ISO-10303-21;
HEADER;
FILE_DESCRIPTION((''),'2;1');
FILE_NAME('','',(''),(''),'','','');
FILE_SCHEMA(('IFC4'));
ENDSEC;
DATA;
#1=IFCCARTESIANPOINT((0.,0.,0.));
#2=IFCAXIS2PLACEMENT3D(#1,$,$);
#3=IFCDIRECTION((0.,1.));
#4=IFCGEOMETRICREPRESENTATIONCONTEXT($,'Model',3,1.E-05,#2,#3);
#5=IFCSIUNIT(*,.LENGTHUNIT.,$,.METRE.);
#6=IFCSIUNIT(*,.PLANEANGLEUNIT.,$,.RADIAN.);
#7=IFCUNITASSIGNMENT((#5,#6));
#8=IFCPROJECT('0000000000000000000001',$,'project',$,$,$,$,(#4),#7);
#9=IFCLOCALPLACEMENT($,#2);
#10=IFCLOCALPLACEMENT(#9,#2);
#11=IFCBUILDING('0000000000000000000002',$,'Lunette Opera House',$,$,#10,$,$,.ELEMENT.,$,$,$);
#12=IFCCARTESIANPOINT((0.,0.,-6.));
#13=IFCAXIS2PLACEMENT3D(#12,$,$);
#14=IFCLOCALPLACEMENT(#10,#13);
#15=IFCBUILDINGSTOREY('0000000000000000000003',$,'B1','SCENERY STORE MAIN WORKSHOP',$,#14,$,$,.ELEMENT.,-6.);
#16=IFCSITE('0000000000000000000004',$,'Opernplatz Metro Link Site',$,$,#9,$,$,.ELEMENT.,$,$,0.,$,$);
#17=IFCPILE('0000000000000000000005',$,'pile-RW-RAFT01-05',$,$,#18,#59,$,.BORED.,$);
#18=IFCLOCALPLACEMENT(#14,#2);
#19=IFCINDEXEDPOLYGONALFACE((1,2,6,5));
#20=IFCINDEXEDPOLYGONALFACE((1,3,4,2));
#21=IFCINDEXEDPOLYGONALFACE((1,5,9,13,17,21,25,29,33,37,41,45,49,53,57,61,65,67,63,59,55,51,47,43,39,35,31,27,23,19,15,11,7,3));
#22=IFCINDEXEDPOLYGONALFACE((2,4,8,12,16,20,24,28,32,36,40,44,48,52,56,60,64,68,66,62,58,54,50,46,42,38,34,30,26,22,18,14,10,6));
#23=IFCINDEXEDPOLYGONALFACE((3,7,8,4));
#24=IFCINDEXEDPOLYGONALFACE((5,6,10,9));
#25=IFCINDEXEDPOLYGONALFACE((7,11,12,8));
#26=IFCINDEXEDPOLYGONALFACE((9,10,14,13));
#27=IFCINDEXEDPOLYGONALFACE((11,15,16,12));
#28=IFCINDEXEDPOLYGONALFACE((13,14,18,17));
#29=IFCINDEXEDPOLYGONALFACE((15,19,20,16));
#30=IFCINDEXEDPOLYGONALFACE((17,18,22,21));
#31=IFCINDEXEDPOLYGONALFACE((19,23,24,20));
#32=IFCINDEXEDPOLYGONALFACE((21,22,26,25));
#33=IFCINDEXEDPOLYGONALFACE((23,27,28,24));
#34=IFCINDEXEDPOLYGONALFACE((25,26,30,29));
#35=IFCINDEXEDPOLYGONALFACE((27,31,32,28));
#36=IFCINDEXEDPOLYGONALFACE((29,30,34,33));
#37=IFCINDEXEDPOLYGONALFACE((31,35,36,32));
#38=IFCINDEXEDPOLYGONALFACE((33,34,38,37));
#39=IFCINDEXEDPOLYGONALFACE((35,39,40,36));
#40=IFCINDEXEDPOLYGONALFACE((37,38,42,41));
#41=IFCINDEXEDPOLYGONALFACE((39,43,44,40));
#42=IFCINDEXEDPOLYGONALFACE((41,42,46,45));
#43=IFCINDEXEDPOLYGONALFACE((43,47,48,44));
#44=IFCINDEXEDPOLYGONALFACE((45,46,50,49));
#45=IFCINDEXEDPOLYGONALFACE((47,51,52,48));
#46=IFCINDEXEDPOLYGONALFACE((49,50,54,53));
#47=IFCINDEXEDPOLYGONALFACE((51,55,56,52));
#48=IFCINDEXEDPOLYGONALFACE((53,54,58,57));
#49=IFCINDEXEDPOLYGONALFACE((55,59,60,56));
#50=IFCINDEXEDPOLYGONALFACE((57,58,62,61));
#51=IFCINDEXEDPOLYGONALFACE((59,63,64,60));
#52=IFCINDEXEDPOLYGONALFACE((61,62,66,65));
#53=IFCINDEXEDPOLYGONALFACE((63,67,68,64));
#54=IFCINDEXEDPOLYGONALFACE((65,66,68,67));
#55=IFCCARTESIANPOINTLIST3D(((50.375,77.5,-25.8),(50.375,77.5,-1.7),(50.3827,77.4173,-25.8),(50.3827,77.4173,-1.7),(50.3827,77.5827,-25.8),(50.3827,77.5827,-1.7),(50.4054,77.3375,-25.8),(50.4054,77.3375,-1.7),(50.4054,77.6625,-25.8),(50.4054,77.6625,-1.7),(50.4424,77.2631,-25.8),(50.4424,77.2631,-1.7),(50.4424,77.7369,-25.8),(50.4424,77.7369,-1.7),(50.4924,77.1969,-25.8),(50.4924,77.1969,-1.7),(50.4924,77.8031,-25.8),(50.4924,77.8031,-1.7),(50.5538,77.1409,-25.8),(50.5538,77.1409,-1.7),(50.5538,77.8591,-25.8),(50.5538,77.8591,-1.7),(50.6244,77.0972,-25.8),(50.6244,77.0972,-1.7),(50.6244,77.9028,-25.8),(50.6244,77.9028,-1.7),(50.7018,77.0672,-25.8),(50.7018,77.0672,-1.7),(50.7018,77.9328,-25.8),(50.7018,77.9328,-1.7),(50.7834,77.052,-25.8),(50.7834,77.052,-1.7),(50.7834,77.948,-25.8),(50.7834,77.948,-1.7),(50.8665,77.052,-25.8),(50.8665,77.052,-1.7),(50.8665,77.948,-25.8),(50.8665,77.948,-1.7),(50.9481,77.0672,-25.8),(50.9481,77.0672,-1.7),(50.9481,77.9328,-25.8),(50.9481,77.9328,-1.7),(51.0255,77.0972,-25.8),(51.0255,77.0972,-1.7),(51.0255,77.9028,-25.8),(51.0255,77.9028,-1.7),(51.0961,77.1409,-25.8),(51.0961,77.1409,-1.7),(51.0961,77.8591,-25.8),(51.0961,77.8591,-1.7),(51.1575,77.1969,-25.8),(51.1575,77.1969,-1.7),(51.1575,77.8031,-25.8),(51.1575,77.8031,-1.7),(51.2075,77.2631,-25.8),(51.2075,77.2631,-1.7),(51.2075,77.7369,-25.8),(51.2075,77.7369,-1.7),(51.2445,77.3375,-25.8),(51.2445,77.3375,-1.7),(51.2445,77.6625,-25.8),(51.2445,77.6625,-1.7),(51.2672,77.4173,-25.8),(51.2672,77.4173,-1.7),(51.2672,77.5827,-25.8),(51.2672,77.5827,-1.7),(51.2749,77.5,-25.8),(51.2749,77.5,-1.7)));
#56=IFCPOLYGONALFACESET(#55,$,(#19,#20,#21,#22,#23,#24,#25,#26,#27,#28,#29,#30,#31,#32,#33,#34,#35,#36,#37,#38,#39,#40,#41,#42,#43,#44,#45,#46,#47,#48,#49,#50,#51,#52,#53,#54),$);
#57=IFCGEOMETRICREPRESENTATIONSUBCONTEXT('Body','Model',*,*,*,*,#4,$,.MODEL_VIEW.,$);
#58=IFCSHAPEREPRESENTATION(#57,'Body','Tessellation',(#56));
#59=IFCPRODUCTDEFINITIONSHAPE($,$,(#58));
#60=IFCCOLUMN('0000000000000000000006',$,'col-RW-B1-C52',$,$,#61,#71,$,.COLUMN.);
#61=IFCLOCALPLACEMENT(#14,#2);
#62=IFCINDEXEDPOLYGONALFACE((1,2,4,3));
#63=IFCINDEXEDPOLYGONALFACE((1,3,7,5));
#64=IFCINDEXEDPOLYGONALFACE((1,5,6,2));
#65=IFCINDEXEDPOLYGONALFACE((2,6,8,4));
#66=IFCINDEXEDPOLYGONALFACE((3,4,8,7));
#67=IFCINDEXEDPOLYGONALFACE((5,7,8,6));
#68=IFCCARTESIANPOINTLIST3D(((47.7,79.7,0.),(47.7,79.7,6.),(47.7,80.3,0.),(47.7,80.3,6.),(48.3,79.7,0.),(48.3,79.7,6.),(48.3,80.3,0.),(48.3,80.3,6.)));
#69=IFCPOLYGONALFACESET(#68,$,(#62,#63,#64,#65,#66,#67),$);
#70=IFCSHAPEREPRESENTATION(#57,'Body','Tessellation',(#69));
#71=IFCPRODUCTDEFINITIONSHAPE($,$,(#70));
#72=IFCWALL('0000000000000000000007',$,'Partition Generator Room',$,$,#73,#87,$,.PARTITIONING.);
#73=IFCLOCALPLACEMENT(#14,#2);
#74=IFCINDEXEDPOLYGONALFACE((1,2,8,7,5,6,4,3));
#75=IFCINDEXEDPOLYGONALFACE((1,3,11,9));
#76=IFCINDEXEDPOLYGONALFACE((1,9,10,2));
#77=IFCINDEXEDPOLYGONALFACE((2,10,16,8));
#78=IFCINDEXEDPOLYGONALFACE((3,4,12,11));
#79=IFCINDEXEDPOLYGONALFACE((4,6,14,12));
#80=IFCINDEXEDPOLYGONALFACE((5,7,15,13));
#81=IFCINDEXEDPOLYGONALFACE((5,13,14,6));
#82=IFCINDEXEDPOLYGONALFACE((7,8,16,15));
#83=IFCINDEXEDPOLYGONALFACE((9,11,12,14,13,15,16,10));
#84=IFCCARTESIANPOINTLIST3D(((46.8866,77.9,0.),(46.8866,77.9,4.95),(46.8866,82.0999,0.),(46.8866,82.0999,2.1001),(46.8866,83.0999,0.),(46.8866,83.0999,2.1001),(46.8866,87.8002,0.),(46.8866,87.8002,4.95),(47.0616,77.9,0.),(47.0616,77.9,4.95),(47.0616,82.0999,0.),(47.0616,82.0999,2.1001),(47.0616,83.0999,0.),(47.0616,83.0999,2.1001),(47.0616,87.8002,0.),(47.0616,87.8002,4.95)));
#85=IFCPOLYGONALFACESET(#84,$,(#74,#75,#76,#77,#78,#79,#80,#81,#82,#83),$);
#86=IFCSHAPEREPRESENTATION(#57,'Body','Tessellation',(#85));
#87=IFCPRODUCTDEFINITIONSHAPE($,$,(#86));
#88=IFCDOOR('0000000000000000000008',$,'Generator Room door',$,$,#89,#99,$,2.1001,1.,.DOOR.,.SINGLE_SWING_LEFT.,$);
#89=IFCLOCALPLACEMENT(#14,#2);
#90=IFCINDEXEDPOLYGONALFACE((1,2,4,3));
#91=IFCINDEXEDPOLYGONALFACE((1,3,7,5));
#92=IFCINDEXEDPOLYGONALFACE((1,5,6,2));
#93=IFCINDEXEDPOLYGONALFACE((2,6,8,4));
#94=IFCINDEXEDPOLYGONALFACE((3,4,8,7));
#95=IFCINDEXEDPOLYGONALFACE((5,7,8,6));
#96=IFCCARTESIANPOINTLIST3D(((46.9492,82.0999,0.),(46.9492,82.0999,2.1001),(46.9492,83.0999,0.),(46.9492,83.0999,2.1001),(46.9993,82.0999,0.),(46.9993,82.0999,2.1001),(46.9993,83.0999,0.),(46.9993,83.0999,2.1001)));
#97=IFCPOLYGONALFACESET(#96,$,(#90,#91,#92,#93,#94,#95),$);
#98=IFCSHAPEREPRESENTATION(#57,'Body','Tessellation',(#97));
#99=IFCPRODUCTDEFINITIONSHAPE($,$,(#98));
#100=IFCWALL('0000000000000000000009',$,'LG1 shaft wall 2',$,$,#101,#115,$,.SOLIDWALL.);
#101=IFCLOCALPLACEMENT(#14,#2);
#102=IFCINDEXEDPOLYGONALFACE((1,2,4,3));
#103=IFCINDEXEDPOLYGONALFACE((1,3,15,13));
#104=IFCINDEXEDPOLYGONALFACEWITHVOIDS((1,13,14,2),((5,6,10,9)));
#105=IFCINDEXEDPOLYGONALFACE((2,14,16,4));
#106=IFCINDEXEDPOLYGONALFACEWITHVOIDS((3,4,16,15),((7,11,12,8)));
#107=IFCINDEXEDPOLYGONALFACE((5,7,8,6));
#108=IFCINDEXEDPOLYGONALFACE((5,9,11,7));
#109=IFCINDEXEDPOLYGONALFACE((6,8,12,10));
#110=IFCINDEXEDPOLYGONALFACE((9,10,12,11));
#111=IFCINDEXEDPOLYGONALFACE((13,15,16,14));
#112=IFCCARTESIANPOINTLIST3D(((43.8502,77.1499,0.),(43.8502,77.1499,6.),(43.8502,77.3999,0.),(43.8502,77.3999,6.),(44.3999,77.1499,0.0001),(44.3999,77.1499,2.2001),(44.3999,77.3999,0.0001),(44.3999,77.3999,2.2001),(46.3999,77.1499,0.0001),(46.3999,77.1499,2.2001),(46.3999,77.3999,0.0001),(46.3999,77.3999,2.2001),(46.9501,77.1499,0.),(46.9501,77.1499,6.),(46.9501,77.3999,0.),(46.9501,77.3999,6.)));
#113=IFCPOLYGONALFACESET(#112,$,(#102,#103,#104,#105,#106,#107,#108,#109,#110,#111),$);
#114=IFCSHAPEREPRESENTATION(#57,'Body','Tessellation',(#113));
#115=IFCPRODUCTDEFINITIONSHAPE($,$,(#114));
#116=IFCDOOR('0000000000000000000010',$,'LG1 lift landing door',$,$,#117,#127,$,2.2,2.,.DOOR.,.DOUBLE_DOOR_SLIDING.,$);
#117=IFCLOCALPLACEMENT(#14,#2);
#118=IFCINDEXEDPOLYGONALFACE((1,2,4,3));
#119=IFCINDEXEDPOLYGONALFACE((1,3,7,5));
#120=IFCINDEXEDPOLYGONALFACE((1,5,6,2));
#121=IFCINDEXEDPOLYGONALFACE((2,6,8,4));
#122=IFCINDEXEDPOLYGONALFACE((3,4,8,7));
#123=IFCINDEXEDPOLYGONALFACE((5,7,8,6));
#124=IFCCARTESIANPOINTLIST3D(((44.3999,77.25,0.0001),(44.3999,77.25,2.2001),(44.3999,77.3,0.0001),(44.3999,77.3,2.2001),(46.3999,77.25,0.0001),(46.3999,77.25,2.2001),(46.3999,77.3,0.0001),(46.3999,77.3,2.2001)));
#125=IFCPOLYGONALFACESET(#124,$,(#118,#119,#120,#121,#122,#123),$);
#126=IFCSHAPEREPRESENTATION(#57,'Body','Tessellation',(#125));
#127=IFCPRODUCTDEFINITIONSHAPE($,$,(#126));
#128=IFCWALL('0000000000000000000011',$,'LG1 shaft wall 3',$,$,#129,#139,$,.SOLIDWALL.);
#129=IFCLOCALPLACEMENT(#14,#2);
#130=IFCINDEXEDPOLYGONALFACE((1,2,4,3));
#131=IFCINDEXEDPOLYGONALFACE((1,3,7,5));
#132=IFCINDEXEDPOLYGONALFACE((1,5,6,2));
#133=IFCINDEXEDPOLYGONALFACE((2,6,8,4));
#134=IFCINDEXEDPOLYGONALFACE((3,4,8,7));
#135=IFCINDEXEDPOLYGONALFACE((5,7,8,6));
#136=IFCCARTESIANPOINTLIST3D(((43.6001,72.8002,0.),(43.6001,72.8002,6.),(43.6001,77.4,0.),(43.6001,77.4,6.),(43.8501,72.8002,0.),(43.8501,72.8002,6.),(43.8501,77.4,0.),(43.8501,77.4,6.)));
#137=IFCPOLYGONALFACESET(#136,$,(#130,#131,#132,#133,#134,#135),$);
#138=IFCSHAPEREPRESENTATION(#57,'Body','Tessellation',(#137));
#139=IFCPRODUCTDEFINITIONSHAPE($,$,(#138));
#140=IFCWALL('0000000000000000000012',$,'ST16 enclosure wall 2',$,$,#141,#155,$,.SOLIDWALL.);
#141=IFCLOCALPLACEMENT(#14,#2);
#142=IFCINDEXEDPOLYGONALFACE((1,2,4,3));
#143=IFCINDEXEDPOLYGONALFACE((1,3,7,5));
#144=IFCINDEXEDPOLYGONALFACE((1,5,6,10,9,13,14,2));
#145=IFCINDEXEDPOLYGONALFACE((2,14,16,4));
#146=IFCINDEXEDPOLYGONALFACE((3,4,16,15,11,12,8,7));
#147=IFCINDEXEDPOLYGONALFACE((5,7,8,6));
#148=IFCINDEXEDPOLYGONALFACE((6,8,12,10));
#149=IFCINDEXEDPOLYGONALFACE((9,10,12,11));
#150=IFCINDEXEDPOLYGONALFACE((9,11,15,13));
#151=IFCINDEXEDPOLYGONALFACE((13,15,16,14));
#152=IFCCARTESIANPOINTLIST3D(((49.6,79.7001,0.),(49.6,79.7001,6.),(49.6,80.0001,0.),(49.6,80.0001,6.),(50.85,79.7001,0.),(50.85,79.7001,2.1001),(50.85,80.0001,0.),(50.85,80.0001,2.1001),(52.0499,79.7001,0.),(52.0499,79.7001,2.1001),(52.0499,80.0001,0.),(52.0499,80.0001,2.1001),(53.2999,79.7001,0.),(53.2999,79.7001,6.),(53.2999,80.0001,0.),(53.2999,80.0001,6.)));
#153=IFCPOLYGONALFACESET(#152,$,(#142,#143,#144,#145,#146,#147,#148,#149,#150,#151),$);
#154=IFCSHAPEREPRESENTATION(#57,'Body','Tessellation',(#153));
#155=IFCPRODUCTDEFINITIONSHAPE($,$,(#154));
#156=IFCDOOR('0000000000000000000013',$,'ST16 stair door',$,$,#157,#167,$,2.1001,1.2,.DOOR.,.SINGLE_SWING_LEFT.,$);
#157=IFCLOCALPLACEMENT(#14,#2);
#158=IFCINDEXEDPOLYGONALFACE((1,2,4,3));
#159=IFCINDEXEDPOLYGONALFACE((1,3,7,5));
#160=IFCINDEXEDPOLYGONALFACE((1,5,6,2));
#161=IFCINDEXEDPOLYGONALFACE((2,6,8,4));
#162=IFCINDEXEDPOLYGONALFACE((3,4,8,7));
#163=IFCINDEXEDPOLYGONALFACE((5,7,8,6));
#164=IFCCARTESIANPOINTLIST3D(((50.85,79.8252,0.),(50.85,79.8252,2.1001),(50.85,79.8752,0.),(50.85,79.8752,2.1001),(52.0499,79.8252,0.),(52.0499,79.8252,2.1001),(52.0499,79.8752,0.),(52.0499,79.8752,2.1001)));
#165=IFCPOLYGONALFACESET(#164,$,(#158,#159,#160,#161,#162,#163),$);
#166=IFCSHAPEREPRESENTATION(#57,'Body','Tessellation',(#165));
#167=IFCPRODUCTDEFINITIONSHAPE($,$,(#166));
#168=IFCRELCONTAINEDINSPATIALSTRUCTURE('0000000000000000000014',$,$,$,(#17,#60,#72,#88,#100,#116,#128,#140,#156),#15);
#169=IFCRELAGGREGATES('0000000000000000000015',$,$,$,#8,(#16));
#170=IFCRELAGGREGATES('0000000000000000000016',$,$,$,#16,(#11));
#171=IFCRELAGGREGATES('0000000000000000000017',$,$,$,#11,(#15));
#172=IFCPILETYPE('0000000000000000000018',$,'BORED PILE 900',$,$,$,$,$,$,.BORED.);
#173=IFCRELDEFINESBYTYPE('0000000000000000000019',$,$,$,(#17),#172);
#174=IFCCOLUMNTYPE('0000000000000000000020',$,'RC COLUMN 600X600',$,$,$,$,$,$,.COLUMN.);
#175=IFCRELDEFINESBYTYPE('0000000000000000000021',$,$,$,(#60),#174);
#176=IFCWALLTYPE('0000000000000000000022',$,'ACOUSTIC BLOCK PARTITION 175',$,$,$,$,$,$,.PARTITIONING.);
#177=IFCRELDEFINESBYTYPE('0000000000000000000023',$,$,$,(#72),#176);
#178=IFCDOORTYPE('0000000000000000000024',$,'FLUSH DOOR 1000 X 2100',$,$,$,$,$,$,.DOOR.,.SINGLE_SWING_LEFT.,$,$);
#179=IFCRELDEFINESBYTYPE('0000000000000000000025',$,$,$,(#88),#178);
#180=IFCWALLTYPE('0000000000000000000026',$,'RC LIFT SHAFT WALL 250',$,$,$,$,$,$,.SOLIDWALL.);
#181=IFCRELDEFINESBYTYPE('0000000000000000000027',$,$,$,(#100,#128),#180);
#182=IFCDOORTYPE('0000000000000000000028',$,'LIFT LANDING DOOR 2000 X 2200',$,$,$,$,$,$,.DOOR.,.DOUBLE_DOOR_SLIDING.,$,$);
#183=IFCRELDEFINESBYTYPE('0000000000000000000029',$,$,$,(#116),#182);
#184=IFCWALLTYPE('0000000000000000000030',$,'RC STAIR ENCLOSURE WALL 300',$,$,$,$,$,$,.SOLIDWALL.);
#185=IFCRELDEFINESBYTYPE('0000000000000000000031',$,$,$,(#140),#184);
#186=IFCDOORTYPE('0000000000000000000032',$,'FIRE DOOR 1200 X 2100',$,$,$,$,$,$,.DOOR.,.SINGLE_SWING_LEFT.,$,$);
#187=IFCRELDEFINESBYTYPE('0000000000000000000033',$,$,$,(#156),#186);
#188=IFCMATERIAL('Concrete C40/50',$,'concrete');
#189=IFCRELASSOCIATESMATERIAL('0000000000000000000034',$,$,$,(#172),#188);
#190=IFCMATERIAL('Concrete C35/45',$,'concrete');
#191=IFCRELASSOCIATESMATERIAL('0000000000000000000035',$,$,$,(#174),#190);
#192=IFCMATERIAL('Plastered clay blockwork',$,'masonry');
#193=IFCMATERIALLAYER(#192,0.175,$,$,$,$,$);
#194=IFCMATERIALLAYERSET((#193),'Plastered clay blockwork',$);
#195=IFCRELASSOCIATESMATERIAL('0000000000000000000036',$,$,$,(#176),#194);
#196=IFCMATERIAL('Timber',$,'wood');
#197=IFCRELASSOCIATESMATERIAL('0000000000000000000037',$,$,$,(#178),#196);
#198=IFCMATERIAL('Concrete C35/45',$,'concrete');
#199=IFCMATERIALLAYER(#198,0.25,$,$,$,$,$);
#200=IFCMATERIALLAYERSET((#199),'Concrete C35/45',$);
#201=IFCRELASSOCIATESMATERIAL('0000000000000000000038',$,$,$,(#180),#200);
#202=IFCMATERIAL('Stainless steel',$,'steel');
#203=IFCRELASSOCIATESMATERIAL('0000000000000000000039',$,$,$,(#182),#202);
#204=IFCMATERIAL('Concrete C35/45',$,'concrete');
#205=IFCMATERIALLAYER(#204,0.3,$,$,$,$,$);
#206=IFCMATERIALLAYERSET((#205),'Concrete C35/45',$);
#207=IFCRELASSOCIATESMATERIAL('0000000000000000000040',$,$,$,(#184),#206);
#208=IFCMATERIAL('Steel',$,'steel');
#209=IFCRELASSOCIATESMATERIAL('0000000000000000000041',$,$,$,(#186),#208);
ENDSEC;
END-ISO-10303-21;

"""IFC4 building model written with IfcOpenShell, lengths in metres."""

from ifc_helpers import new_model, si_unit, direction, frame, frame_2d, origin, origin_2d, place, context, subcontext, project, spatial, rectangle, circle, extrude, material, layer, layer_set, material_profile, profile_set, type_object, element, fill, save


model = new_model("IFC4")

# Units and contexts
model_context = context("Model", 3, precision=1e-05, world=origin(), true_north=direction((0.0, 1.0)))
body_context = subcontext(model_context, "Body", "Model", "MODEL_VIEW")
ifc_project = project(units=[si_unit("LENGTHUNIT", "METRE"), si_unit("PLANEANGLEUNIT", "RADIAN")], contexts=[model_context])

# Site, building, storey
site_placement = place(None, origin())
site = spatial("IfcSite", under=ifc_project, at=site_placement, Name="Opernplatz Metro Link Site", CompositionType="ELEMENT", RefElevation=0.0)
building_placement = place(site_placement, origin())
building = spatial("IfcBuilding", under=site, at=building_placement, Name="Lunette Opera House", CompositionType="ELEMENT")
storey_placement = place(building_placement, frame((0.0, 0.0, -6.0)))
storey = spatial("IfcBuildingStorey", under=building, at=storey_placement, Name="B1", Description="SCENERY STORE MAIN WORKSHOP", CompositionType="ELEMENT", Elevation=-6.0)

# Pile
ifc_material_1 = material(Name="Concrete C40/50", Category="concrete")
ifc_material_profile_1 = material_profile(ifc_material_1, circle(Radius=0.45, at=origin_2d()), Name="BORED PILE 900")
ifc_profile_set_1 = profile_set([ifc_material_profile_1], Name="Concrete C40/50")
pile_type = type_object("IfcPileType", Name="BORED PILE 900", PredefinedType="BORED", material=ifc_profile_set_1)
for number, where, z_axis, x_axis, name in (
    (1, (50.825, 77.5, -1.7), (0.0, 0.0, -1.0), (1.0, 0.0, 0.0), "pile-RW-RAFT01-05"),
):
    element("IfcPile", number, at=place(storey_placement, frame(where, z_axis=z_axis, x_axis=x_axis)), inside=storey, type_object=pile_type, Name=name, PredefinedType="BORED", context=body_context, shape_type="SweptSolid", body=[
        extrude(circle(Radius=0.45, at=origin_2d()), origin(), (0.0, 0.0, 1.0), 24.1001),
    ])

# Column
ifc_material_2 = material(Name="Concrete C35/45", Category="concrete")
ifc_material_profile_2 = material_profile(ifc_material_2, rectangle(XDim=0.6001, YDim=0.6001, at=origin_2d()), Name="RC COLUMN 600X600")
ifc_profile_set_2 = profile_set([ifc_material_profile_2], Name="Concrete C35/45")
column_type = type_object("IfcColumnType", Name="RC COLUMN 600X600", PredefinedType="COLUMN", material=ifc_profile_set_2)
column_placement = place(storey_placement, frame((48.0, 80.0, 0.0), z_axis=(0.0, 0.0, 1.0), x_axis=(1.0, 0.0, 0.0)))
element("IfcColumn", 2, at=column_placement, inside=storey, type_object=column_type, Name="col-RW-B1-C52", PredefinedType="COLUMN", context=body_context, shape_type="SweptSolid", body=[
    extrude(rectangle(XDim=0.6001, YDim=0.6001, at=origin_2d()), origin(), (0.0, 0.0, 1.0), 6.0),
])

# Walls, openings, doors
ifc_material_3 = material(Name="Plastered clay blockwork", Category="masonry")
ifc_layer_1 = layer(ifc_material_3, 0.175)
ifc_layer_set_1 = layer_set([ifc_layer_1], Name="Plastered clay blockwork")
wall_type_1 = type_object("IfcWallType", Name="ACOUSTIC BLOCK PARTITION 175", PredefinedType="PARTITIONING", material=ifc_layer_set_1)
wall_1_placement = place(storey_placement, frame((46.9741, 77.8999, 0.0), z_axis=(0.0, 0.0, 1.0), x_axis=(0.0, 1.0, 0.0)))
wall_1 = element("IfcWall", 3, at=wall_1_placement, inside=storey, type_object=wall_type_1, Name="Partition Generator Room", PredefinedType="PARTITIONING", context=body_context, shape_type="SweptSolid", body=[
    extrude(rectangle(XDim=9.9001, YDim=0.175, at=frame_2d((4.9502, 0.0))), origin(), (0.0, 0.0, 1.0), 4.95),
])
opening_1_placement = place(wall_1_placement, frame((4.2, 0.0, 0.0)))
opening_1 = element("IfcOpeningElement", 4, at=opening_1_placement, cuts=wall_1, PredefinedType="OPENING", context=body_context, shape_type="SweptSolid", body=[
    extrude(rectangle(XDim=1.0, YDim=2.1001, at=frame_2d((0.5, 1.05))), frame((0.0, 0.0996, 0.0), z_axis=(0.0, -1.0, 0.0), x_axis=(1.0, 0.0, 0.0)), (0.0, 0.0, 1.0), 0.199),
])
ifc_material_4 = material(Name="Timber", Category="wood")
door_type_1 = type_object("IfcDoorType", Name="FLUSH DOOR 1000 X 2100", OperationType="SINGLE_SWING_LEFT", PredefinedType="DOOR", material=ifc_material_4)
door_1_placement = place(opening_1_placement, origin())
door_1 = element("IfcDoor", 5, at=door_1_placement, inside=storey, type_object=door_type_1, Name="Generator Room door", OperationType="SINGLE_SWING_LEFT", OverallHeight=2.1001, OverallWidth=1.0, PredefinedType="DOOR", context=body_context, shape_type="SweptSolid", body=[
    extrude(rectangle(XDim=1.0, YDim=2.1001, at=frame_2d((0.5, 1.05))), frame((0.0, 0.0249, 0.0), z_axis=(0.0, -1.0, 0.0), x_axis=(1.0, 0.0, 0.0)), (0.0, 0.0, 1.0), 0.05),
])
fill(opening_1, door_1)
ifc_material_5 = material(Name="Concrete C35/45", Category="concrete")
ifc_layer_2 = layer(ifc_material_5, 0.25)
ifc_layer_set_2 = layer_set([ifc_layer_2], Name="Concrete C35/45")
wall_type_2 = type_object("IfcWallType", Name="RC LIFT SHAFT WALL 250", PredefinedType="SOLIDWALL", material=ifc_layer_set_2)
wall_2_placement = place(storey_placement, frame((46.95, 77.2749, 0.0), z_axis=(0.0, 0.0, 1.0), x_axis=(-1.0, 0.0, 0.0)))
wall_2 = element("IfcWall", 6, at=wall_2_placement, inside=storey, type_object=wall_type_2, Name="LG1 shaft wall 2", PredefinedType="SOLIDWALL", context=body_context, shape_type="SweptSolid", body=[
    extrude(rectangle(XDim=3.0999, YDim=0.25, at=frame_2d((1.5498, 0.0))), origin(), (0.0, 0.0, 1.0), 6.0),
])
opening_2_placement = place(wall_2_placement, frame((0.55, 0.0, 0.0)))
opening_2 = element("IfcOpeningElement", 7, at=opening_2_placement, cuts=wall_2, PredefinedType="OPENING", context=body_context, shape_type="SweptSolid", body=[
    extrude(rectangle(XDim=2.0, YDim=2.2, at=frame_2d((1.0, 1.1001))), frame((0.0, 0.137, 0.0), z_axis=(0.0, -1.0, 0.0), x_axis=(1.0, 0.0, 0.0)), (0.0, 0.0, 1.0), 0.2739),
])
ifc_material_6 = material(Name="Stainless steel", Category="steel")
door_type_2 = type_object("IfcDoorType", Name="LIFT LANDING DOOR 2000 X 2200", OperationType="DOUBLE_DOOR_SLIDING", PredefinedType="DOOR", material=ifc_material_6)
door_2_placement = place(opening_2_placement, origin())
door_2 = element("IfcDoor", 8, at=door_2_placement, inside=storey, type_object=door_type_2, Name="LG1 lift landing door", OperationType="DOUBLE_DOOR_SLIDING", OverallHeight=2.2, OverallWidth=2.0, PredefinedType="DOOR", context=body_context, shape_type="SweptSolid", body=[
    extrude(rectangle(XDim=2.0, YDim=2.2, at=frame_2d((1.0, 1.1001))), frame((0.0, 0.0249, 0.0), z_axis=(0.0, -1.0, 0.0), x_axis=(1.0, 0.0, 0.0)), (0.0, 0.0, 1.0), 0.05),
])
fill(opening_2, door_2)

# Wall
wall_3_placement = place(storey_placement, frame((43.7251, 77.3999, 0.0), z_axis=(0.0, 0.0, 1.0), x_axis=(0.0, -1.0, 0.0)))
element("IfcWall", 9, at=wall_3_placement, inside=storey, type_object=wall_type_2, Name="LG1 shaft wall 3", PredefinedType="SOLIDWALL", context=body_context, shape_type="SweptSolid", body=[
    extrude(rectangle(XDim=4.5999, YDim=0.25, at=frame_2d((2.2998, 0.0))), origin(), (0.0, 0.0, 1.0), 6.0),
])

# Wall, opening, door
ifc_material_7 = material(Name="Concrete C35/45", Category="concrete")
ifc_layer_3 = layer(ifc_material_7, 0.3)
ifc_layer_set_3 = layer_set([ifc_layer_3], Name="Concrete C35/45")
wall_type_3 = type_object("IfcWallType", Name="RC STAIR ENCLOSURE WALL 300", PredefinedType="SOLIDWALL", material=ifc_layer_set_3)
wall_4_placement = place(storey_placement, frame((53.3, 79.8501, 0.0), z_axis=(0.0, 0.0, 1.0), x_axis=(-1.0, 0.0, 0.0)))
wall_4 = element("IfcWall", 10, at=wall_4_placement, inside=storey, type_object=wall_type_3, Name="ST16 enclosure wall 2", PredefinedType="SOLIDWALL", context=body_context, shape_type="SweptSolid", body=[
    extrude(rectangle(XDim=3.7, YDim=0.3, at=frame_2d((1.8501, 0.0))), origin(), (0.0, 0.0, 1.0), 6.0),
])
opening_3_placement = place(wall_4_placement, frame((1.25, 0.0, 0.0)))
opening_3 = element("IfcOpeningElement", 11, at=opening_3_placement, cuts=wall_4, PredefinedType="OPENING", context=body_context, shape_type="SweptSolid", body=[
    extrude(rectangle(XDim=1.2, YDim=2.1001, at=frame_2d((0.6001, 1.05))), frame((0.0, 0.1621, 0.0), z_axis=(0.0, -1.0, 0.0), x_axis=(1.0, 0.0, 0.0)), (0.0, 0.0, 1.0), 0.324),
])
ifc_material_8 = material(Name="Steel", Category="steel")
door_type_3 = type_object("IfcDoorType", Name="FIRE DOOR 1200 X 2100", OperationType="SINGLE_SWING_LEFT", PredefinedType="DOOR", material=ifc_material_8)
door_3_placement = place(opening_3_placement, origin())
door_3 = element("IfcDoor", 12, at=door_3_placement, inside=storey, type_object=door_type_3, Name="ST16 stair door", OperationType="SINGLE_SWING_LEFT", OverallHeight=2.1001, OverallWidth=1.2, PredefinedType="DOOR", context=body_context, shape_type="SweptSolid", body=[
    extrude(rectangle(XDim=1.2, YDim=2.1001, at=frame_2d((0.6001, 1.05))), frame((0.0, 0.0249, 0.0), z_axis=(0.0, -1.0, 0.0), x_axis=(1.0, 0.0, 0.0)), (0.0, 0.0, 1.0), 0.05),
])
fill(opening_3, door_3)

save(model, "model.ifc")
